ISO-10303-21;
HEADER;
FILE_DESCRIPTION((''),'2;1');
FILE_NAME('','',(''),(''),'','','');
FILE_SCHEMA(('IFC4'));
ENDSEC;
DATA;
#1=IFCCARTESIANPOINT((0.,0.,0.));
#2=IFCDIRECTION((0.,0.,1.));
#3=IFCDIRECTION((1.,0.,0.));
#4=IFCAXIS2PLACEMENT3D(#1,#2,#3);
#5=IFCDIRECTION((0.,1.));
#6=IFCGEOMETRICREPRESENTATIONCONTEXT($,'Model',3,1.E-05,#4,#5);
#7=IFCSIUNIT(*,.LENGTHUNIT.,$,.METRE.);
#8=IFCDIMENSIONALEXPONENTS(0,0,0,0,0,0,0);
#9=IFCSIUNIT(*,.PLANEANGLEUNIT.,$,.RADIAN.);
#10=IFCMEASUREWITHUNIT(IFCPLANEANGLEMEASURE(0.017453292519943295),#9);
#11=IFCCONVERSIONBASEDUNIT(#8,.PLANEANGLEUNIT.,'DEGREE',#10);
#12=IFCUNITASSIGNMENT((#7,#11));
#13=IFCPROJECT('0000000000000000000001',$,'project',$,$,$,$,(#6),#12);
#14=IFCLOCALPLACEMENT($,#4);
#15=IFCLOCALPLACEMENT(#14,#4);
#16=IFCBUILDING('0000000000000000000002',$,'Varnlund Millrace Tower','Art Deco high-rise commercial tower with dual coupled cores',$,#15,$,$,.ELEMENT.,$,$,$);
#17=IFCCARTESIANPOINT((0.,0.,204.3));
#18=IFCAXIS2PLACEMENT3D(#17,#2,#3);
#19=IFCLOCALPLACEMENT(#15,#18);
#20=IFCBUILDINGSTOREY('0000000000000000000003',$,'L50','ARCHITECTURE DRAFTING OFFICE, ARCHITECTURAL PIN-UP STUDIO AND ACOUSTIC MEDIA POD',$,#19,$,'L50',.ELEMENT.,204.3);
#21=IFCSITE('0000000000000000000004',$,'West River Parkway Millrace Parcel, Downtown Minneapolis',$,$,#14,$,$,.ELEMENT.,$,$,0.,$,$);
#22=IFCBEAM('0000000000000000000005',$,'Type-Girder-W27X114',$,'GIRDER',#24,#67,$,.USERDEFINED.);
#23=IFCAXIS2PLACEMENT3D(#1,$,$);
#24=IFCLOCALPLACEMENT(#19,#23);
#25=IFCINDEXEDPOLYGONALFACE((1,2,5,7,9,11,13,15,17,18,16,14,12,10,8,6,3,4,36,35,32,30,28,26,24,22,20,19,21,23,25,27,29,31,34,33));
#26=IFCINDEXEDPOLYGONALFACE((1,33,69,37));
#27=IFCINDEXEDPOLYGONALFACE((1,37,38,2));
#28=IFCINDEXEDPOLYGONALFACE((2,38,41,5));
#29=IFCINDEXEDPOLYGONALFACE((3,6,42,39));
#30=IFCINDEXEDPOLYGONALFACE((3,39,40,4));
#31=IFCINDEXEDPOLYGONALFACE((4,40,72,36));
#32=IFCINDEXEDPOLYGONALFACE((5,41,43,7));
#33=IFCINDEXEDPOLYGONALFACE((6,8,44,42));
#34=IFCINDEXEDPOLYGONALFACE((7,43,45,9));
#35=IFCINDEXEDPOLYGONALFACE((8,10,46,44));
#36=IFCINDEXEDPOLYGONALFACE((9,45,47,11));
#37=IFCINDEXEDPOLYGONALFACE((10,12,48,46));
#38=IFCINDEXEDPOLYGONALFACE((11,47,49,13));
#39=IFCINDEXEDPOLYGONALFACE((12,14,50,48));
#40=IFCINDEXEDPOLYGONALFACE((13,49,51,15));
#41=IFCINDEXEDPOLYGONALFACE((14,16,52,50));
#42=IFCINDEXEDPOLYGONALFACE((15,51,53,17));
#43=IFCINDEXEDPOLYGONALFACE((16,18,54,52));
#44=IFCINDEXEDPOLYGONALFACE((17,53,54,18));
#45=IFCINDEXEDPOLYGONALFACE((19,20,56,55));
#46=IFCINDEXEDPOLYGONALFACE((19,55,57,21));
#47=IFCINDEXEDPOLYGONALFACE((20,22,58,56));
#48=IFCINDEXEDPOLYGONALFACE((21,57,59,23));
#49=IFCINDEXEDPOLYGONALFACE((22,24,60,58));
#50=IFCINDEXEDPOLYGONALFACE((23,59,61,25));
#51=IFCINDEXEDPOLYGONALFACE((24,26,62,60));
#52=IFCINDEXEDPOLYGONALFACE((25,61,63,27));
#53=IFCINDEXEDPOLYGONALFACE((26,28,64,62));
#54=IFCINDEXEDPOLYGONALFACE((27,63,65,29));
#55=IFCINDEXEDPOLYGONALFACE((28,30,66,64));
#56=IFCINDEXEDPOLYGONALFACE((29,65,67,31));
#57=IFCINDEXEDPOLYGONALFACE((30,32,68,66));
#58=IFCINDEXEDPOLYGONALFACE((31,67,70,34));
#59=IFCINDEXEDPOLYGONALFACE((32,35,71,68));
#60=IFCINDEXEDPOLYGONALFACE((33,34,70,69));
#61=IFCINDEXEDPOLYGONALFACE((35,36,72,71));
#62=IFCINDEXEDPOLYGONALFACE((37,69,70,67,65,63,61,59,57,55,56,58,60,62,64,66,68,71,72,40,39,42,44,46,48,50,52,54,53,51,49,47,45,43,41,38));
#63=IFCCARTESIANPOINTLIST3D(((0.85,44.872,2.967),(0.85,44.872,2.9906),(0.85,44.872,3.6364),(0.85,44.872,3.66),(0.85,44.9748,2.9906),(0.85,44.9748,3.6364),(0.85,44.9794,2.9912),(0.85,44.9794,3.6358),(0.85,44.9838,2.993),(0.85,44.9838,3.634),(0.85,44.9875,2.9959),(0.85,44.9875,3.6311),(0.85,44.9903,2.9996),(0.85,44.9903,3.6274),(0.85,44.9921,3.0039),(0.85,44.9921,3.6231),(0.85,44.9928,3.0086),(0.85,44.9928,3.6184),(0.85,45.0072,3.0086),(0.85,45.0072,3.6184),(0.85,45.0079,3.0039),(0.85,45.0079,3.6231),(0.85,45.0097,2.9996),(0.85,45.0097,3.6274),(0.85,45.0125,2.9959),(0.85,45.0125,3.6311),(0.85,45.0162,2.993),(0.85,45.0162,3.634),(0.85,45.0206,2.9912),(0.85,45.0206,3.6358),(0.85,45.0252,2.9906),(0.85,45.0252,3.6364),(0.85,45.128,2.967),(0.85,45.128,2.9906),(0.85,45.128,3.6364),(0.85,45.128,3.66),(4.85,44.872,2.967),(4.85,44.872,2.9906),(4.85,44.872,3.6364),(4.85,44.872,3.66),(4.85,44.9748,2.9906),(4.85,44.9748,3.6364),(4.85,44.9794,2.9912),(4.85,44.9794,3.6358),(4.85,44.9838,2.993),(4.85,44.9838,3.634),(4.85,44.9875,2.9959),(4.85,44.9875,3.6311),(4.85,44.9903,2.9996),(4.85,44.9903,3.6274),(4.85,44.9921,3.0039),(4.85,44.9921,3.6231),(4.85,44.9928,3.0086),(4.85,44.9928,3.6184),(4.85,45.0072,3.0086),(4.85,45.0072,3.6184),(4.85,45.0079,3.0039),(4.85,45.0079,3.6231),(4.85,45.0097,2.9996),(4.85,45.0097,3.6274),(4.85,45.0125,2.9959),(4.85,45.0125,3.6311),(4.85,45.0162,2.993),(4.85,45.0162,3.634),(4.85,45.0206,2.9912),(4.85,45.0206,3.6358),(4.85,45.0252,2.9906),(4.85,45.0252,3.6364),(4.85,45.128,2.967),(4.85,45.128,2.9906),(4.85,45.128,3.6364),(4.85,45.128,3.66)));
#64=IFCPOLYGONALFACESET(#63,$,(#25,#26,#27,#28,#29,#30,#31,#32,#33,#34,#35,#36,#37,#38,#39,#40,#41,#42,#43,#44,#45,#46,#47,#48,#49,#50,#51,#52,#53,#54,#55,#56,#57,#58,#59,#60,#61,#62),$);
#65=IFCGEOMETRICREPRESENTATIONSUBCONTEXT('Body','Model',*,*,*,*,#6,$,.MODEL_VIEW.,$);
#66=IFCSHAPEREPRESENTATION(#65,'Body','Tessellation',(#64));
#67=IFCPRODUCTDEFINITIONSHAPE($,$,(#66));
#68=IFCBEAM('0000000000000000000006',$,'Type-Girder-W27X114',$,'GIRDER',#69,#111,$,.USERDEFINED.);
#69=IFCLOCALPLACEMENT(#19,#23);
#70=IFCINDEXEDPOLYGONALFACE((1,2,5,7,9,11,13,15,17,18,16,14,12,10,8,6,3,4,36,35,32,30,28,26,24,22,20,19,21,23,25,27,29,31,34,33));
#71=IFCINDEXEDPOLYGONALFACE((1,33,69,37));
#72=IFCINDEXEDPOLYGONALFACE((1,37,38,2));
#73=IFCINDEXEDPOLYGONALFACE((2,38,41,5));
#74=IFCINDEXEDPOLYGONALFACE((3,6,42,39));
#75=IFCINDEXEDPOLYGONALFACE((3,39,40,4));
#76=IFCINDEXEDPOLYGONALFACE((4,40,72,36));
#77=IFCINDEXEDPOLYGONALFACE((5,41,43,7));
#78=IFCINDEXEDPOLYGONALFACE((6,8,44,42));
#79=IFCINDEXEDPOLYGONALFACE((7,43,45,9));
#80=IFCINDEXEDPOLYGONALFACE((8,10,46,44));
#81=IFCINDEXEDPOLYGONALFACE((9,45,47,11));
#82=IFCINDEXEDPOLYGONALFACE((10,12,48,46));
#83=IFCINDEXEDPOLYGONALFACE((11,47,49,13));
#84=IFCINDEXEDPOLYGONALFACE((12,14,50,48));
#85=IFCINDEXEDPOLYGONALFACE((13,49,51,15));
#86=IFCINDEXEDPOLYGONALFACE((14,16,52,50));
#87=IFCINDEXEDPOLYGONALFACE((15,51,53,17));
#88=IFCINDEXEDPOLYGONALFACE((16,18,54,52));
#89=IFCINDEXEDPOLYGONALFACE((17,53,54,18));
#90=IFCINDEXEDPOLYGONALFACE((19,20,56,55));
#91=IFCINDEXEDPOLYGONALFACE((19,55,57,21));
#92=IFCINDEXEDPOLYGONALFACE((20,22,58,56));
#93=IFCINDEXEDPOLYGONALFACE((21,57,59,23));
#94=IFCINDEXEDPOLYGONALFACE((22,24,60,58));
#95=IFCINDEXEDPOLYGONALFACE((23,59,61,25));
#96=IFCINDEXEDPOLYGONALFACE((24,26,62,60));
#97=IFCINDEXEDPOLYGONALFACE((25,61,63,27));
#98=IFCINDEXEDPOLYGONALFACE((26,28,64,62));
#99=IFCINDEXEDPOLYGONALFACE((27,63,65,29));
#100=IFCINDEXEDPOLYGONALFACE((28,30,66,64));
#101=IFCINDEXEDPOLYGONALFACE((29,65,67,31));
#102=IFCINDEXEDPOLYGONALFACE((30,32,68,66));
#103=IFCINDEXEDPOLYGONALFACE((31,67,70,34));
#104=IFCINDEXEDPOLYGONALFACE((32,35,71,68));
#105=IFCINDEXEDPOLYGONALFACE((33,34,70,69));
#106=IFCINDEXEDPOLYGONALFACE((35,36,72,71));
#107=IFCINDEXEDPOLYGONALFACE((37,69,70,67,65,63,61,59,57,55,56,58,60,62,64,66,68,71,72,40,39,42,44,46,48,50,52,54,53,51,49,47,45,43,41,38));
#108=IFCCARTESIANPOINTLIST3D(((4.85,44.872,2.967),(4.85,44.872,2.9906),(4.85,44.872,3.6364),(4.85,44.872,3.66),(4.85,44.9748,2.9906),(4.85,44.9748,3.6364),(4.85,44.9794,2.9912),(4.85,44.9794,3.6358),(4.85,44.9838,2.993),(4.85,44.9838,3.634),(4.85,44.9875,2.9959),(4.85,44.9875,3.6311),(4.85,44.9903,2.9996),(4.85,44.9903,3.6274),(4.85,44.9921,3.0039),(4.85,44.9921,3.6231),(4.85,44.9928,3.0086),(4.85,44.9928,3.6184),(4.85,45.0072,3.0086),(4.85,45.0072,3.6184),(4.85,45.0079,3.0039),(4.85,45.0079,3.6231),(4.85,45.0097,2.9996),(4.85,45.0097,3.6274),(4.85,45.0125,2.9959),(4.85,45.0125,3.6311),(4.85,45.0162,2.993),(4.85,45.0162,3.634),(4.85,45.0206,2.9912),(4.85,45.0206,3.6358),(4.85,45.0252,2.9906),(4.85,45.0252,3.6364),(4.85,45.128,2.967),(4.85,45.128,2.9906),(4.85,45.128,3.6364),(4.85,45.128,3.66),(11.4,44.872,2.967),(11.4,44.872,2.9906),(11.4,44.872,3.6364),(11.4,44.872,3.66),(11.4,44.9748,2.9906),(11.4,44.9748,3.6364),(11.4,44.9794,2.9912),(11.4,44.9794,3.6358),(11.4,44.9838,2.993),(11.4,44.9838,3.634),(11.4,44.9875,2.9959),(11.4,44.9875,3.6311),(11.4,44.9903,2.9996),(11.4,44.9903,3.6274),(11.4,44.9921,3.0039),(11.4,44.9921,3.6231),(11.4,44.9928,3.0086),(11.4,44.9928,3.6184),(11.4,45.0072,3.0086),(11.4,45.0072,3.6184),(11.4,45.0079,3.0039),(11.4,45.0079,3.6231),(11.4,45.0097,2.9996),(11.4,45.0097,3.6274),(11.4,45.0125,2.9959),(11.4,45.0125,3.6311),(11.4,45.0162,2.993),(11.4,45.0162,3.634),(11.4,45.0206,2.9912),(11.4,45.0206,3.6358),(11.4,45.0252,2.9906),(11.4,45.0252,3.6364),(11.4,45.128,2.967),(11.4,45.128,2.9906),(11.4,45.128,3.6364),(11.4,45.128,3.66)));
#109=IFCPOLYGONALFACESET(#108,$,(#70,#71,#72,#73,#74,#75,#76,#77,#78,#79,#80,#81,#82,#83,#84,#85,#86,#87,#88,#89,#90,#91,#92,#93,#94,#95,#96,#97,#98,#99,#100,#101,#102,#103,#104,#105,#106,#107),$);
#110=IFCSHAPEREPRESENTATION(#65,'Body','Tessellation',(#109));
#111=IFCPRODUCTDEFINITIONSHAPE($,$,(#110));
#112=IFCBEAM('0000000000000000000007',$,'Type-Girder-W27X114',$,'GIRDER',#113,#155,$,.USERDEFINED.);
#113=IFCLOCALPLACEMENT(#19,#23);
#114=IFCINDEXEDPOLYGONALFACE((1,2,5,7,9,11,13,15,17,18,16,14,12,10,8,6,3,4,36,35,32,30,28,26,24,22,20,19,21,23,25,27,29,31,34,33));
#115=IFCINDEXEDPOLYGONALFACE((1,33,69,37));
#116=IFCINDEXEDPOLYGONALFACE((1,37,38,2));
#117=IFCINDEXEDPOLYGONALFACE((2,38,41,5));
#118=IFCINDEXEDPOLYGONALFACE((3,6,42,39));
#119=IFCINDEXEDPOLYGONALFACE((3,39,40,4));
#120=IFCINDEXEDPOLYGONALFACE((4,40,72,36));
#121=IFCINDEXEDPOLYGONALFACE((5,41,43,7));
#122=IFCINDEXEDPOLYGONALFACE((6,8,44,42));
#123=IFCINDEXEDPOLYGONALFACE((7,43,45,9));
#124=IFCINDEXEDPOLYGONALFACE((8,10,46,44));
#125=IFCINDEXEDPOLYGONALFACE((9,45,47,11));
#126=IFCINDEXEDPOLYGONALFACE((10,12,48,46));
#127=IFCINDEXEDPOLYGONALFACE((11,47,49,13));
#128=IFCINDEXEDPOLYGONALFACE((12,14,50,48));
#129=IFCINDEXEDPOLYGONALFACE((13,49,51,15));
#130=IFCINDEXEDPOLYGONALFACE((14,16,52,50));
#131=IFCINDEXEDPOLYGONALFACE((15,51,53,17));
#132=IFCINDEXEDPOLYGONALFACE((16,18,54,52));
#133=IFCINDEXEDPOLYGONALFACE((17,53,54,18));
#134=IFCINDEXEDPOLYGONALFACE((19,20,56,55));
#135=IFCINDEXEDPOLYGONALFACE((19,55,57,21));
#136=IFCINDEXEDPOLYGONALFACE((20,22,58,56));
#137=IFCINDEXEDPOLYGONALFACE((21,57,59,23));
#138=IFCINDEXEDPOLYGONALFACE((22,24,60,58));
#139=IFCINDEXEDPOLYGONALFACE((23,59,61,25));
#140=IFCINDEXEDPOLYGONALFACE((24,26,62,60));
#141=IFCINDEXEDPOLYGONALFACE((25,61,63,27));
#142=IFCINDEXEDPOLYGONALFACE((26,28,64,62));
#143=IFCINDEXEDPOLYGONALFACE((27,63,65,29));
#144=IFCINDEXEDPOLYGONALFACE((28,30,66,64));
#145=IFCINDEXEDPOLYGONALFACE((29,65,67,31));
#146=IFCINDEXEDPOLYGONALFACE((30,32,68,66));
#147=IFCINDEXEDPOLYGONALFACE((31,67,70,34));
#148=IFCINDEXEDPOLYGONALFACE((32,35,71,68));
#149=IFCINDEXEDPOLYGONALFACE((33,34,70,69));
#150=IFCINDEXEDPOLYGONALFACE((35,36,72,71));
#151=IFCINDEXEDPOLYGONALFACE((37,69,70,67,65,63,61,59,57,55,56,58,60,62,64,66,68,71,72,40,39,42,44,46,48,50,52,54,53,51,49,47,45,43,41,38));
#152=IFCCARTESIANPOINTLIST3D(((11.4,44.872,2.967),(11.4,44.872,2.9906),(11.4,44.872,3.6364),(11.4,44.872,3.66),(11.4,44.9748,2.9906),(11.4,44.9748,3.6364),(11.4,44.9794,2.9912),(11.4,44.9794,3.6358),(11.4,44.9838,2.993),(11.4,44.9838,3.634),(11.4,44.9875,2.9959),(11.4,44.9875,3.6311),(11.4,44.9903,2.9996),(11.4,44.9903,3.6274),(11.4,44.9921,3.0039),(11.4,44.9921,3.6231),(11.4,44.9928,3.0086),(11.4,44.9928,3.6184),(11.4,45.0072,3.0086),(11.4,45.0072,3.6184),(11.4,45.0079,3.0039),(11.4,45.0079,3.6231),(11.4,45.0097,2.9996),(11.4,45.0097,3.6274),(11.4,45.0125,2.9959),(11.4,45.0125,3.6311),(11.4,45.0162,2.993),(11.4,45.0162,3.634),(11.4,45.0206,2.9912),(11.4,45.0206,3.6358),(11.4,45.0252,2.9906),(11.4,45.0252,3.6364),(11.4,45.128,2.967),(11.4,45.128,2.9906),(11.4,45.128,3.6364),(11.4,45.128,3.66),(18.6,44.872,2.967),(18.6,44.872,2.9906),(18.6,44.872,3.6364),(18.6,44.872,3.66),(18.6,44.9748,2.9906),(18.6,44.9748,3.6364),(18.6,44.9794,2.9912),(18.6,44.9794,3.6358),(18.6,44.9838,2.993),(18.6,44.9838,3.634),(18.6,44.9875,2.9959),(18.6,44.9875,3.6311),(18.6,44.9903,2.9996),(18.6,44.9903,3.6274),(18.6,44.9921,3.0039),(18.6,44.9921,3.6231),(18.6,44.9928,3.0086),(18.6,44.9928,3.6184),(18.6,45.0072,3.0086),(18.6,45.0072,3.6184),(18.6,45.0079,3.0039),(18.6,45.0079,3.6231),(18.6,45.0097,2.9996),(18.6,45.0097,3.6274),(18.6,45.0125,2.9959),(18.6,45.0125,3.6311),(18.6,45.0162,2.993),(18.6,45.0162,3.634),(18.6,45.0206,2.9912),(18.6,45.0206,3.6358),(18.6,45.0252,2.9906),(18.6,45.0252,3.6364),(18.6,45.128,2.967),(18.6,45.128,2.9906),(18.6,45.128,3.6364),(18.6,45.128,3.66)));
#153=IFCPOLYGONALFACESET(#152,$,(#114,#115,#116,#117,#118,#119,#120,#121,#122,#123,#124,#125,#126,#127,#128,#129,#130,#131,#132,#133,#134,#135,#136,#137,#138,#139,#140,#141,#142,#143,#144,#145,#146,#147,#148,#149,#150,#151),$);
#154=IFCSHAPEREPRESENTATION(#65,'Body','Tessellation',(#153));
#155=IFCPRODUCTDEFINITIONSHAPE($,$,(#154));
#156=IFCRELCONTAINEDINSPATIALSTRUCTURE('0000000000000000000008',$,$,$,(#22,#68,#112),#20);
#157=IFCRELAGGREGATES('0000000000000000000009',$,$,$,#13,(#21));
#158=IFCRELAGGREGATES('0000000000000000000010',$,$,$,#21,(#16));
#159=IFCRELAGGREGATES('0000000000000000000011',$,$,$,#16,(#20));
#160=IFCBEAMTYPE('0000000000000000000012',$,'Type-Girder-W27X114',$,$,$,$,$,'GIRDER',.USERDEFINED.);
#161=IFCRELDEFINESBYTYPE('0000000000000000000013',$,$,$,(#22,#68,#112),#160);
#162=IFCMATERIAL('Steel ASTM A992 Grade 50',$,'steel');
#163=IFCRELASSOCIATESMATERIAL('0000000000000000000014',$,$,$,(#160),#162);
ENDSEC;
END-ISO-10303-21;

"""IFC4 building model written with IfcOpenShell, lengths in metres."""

from ifc_helpers import new_model, entity, si_unit, converted_unit, direction, frame, origin_with_axes, origin_2d_with_axis, place, context, subcontext, project, spatial, i_section, extrude, material, material_profile, profile_set, type_object, element, save


model = new_model("IFC4")

# Units and contexts
model_context = context("Model", 3, precision=1e-05, world=origin_with_axes(), true_north=direction((0.0, 1.0)))
body_context = subcontext(model_context, "Body", "Model", "MODEL_VIEW")
ifc_project = project(units=[si_unit("LENGTHUNIT", "METRE"), converted_unit("PLANEANGLEUNIT", "DEGREE", entity("IfcPlaneAngleMeasure", 0.017453292519943295), si_unit("PLANEANGLEUNIT", "RADIAN"), dimensions=[0, 0, 0, 0, 0, 0, 0])], contexts=[model_context])

# Site, building, storey
site_placement = place(None, origin_with_axes())
site = spatial("IfcSite", under=ifc_project, at=site_placement, Name="West River Parkway Millrace Parcel, Downtown Minneapolis", CompositionType="ELEMENT", RefElevation=0.0)
building_placement = place(site_placement, origin_with_axes())
building = spatial("IfcBuilding", under=site, at=building_placement, Name="Varnlund Millrace Tower", Description="Art Deco high-rise commercial tower with dual coupled cores", CompositionType="ELEMENT")
storey_placement = place(building_placement, frame((0.0, 0.0, 204.3), z_axis=(0.0, 0.0, 1.0), x_axis=(1.0, 0.0, 0.0)))
storey = spatial("IfcBuildingStorey", under=building, at=storey_placement, Name="L50", Description="ARCHITECTURE DRAFTING OFFICE, ARCHITECTURAL PIN-UP STUDIO AND ACOUSTIC MEDIA POD", LongName="L50", CompositionType="ELEMENT", Elevation=204.3)

# Beams
ifc_material_1 = material(Name="Steel ASTM A992 Grade 50", Category="steel")
ifc_material_profile_1 = material_profile(ifc_material_1, i_section(OverallWidth=0.256, OverallDepth=0.693, WebThickness=0.0145, FlangeThickness=0.0236, FilletRadius=0.018, at=origin_2d_with_axis()), Name="Steel ASTM A992 Grade 50")
ifc_profile_set_1 = profile_set([ifc_material_profile_1], Name="Steel ASTM A992 Grade 50")
beam_type_1 = type_object("IfcBeamType", Name="Type-Girder-W27X114", ElementType="GIRDER", PredefinedType="USERDEFINED", material=ifc_profile_set_1)
beam_1_placement = place(storey_placement, frame((0.85, 45.0, 3.3135), z_axis=(1.0, 0.0, 0.0), x_axis=(0.0, 1.0, 0.0)))
element("IfcBeam", 1, at=beam_1_placement, inside=storey, type_object=beam_type_1, Name="Type-Girder-W27X114", ObjectType="GIRDER", PredefinedType="USERDEFINED", context=body_context, shape_type="SweptSolid", body=[
    extrude(i_section(OverallWidth=0.256, OverallDepth=0.693, WebThickness=0.0145, FlangeThickness=0.0236, FilletRadius=0.018, at=origin_2d_with_axis()), origin_with_axes(), (0.0, 0.0, 1.0), 4.0),
])
beam_2_placement = place(storey_placement, frame((4.85, 45.0, 3.3135), z_axis=(1.0, 0.0, 0.0), x_axis=(0.0, 1.0, 0.0)))
element("IfcBeam", 2, at=beam_2_placement, inside=storey, type_object=beam_type_1, Name="Type-Girder-W27X114", ObjectType="GIRDER", PredefinedType="USERDEFINED", context=body_context, shape_type="SweptSolid", body=[
    extrude(i_section(OverallWidth=0.256, OverallDepth=0.693, WebThickness=0.0145, FlangeThickness=0.0236, FilletRadius=0.018, at=origin_2d_with_axis()), origin_with_axes(), (0.0, 0.0, 1.0), 6.55),
])
beam_3_placement = place(storey_placement, frame((11.4, 45.0, 3.3135), z_axis=(1.0, 0.0, 0.0), x_axis=(0.0, 1.0, 0.0)))
element("IfcBeam", 3, at=beam_3_placement, inside=storey, type_object=beam_type_1, Name="Type-Girder-W27X114", ObjectType="GIRDER", PredefinedType="USERDEFINED", context=body_context, shape_type="SweptSolid", body=[
    extrude(i_section(OverallWidth=0.256, OverallDepth=0.693, WebThickness=0.0145, FlangeThickness=0.0236, FilletRadius=0.018, at=origin_2d_with_axis()), origin_with_axes(), (0.0, 0.0, 1.0), 7.2),
])

save(model, "model.ifc")
